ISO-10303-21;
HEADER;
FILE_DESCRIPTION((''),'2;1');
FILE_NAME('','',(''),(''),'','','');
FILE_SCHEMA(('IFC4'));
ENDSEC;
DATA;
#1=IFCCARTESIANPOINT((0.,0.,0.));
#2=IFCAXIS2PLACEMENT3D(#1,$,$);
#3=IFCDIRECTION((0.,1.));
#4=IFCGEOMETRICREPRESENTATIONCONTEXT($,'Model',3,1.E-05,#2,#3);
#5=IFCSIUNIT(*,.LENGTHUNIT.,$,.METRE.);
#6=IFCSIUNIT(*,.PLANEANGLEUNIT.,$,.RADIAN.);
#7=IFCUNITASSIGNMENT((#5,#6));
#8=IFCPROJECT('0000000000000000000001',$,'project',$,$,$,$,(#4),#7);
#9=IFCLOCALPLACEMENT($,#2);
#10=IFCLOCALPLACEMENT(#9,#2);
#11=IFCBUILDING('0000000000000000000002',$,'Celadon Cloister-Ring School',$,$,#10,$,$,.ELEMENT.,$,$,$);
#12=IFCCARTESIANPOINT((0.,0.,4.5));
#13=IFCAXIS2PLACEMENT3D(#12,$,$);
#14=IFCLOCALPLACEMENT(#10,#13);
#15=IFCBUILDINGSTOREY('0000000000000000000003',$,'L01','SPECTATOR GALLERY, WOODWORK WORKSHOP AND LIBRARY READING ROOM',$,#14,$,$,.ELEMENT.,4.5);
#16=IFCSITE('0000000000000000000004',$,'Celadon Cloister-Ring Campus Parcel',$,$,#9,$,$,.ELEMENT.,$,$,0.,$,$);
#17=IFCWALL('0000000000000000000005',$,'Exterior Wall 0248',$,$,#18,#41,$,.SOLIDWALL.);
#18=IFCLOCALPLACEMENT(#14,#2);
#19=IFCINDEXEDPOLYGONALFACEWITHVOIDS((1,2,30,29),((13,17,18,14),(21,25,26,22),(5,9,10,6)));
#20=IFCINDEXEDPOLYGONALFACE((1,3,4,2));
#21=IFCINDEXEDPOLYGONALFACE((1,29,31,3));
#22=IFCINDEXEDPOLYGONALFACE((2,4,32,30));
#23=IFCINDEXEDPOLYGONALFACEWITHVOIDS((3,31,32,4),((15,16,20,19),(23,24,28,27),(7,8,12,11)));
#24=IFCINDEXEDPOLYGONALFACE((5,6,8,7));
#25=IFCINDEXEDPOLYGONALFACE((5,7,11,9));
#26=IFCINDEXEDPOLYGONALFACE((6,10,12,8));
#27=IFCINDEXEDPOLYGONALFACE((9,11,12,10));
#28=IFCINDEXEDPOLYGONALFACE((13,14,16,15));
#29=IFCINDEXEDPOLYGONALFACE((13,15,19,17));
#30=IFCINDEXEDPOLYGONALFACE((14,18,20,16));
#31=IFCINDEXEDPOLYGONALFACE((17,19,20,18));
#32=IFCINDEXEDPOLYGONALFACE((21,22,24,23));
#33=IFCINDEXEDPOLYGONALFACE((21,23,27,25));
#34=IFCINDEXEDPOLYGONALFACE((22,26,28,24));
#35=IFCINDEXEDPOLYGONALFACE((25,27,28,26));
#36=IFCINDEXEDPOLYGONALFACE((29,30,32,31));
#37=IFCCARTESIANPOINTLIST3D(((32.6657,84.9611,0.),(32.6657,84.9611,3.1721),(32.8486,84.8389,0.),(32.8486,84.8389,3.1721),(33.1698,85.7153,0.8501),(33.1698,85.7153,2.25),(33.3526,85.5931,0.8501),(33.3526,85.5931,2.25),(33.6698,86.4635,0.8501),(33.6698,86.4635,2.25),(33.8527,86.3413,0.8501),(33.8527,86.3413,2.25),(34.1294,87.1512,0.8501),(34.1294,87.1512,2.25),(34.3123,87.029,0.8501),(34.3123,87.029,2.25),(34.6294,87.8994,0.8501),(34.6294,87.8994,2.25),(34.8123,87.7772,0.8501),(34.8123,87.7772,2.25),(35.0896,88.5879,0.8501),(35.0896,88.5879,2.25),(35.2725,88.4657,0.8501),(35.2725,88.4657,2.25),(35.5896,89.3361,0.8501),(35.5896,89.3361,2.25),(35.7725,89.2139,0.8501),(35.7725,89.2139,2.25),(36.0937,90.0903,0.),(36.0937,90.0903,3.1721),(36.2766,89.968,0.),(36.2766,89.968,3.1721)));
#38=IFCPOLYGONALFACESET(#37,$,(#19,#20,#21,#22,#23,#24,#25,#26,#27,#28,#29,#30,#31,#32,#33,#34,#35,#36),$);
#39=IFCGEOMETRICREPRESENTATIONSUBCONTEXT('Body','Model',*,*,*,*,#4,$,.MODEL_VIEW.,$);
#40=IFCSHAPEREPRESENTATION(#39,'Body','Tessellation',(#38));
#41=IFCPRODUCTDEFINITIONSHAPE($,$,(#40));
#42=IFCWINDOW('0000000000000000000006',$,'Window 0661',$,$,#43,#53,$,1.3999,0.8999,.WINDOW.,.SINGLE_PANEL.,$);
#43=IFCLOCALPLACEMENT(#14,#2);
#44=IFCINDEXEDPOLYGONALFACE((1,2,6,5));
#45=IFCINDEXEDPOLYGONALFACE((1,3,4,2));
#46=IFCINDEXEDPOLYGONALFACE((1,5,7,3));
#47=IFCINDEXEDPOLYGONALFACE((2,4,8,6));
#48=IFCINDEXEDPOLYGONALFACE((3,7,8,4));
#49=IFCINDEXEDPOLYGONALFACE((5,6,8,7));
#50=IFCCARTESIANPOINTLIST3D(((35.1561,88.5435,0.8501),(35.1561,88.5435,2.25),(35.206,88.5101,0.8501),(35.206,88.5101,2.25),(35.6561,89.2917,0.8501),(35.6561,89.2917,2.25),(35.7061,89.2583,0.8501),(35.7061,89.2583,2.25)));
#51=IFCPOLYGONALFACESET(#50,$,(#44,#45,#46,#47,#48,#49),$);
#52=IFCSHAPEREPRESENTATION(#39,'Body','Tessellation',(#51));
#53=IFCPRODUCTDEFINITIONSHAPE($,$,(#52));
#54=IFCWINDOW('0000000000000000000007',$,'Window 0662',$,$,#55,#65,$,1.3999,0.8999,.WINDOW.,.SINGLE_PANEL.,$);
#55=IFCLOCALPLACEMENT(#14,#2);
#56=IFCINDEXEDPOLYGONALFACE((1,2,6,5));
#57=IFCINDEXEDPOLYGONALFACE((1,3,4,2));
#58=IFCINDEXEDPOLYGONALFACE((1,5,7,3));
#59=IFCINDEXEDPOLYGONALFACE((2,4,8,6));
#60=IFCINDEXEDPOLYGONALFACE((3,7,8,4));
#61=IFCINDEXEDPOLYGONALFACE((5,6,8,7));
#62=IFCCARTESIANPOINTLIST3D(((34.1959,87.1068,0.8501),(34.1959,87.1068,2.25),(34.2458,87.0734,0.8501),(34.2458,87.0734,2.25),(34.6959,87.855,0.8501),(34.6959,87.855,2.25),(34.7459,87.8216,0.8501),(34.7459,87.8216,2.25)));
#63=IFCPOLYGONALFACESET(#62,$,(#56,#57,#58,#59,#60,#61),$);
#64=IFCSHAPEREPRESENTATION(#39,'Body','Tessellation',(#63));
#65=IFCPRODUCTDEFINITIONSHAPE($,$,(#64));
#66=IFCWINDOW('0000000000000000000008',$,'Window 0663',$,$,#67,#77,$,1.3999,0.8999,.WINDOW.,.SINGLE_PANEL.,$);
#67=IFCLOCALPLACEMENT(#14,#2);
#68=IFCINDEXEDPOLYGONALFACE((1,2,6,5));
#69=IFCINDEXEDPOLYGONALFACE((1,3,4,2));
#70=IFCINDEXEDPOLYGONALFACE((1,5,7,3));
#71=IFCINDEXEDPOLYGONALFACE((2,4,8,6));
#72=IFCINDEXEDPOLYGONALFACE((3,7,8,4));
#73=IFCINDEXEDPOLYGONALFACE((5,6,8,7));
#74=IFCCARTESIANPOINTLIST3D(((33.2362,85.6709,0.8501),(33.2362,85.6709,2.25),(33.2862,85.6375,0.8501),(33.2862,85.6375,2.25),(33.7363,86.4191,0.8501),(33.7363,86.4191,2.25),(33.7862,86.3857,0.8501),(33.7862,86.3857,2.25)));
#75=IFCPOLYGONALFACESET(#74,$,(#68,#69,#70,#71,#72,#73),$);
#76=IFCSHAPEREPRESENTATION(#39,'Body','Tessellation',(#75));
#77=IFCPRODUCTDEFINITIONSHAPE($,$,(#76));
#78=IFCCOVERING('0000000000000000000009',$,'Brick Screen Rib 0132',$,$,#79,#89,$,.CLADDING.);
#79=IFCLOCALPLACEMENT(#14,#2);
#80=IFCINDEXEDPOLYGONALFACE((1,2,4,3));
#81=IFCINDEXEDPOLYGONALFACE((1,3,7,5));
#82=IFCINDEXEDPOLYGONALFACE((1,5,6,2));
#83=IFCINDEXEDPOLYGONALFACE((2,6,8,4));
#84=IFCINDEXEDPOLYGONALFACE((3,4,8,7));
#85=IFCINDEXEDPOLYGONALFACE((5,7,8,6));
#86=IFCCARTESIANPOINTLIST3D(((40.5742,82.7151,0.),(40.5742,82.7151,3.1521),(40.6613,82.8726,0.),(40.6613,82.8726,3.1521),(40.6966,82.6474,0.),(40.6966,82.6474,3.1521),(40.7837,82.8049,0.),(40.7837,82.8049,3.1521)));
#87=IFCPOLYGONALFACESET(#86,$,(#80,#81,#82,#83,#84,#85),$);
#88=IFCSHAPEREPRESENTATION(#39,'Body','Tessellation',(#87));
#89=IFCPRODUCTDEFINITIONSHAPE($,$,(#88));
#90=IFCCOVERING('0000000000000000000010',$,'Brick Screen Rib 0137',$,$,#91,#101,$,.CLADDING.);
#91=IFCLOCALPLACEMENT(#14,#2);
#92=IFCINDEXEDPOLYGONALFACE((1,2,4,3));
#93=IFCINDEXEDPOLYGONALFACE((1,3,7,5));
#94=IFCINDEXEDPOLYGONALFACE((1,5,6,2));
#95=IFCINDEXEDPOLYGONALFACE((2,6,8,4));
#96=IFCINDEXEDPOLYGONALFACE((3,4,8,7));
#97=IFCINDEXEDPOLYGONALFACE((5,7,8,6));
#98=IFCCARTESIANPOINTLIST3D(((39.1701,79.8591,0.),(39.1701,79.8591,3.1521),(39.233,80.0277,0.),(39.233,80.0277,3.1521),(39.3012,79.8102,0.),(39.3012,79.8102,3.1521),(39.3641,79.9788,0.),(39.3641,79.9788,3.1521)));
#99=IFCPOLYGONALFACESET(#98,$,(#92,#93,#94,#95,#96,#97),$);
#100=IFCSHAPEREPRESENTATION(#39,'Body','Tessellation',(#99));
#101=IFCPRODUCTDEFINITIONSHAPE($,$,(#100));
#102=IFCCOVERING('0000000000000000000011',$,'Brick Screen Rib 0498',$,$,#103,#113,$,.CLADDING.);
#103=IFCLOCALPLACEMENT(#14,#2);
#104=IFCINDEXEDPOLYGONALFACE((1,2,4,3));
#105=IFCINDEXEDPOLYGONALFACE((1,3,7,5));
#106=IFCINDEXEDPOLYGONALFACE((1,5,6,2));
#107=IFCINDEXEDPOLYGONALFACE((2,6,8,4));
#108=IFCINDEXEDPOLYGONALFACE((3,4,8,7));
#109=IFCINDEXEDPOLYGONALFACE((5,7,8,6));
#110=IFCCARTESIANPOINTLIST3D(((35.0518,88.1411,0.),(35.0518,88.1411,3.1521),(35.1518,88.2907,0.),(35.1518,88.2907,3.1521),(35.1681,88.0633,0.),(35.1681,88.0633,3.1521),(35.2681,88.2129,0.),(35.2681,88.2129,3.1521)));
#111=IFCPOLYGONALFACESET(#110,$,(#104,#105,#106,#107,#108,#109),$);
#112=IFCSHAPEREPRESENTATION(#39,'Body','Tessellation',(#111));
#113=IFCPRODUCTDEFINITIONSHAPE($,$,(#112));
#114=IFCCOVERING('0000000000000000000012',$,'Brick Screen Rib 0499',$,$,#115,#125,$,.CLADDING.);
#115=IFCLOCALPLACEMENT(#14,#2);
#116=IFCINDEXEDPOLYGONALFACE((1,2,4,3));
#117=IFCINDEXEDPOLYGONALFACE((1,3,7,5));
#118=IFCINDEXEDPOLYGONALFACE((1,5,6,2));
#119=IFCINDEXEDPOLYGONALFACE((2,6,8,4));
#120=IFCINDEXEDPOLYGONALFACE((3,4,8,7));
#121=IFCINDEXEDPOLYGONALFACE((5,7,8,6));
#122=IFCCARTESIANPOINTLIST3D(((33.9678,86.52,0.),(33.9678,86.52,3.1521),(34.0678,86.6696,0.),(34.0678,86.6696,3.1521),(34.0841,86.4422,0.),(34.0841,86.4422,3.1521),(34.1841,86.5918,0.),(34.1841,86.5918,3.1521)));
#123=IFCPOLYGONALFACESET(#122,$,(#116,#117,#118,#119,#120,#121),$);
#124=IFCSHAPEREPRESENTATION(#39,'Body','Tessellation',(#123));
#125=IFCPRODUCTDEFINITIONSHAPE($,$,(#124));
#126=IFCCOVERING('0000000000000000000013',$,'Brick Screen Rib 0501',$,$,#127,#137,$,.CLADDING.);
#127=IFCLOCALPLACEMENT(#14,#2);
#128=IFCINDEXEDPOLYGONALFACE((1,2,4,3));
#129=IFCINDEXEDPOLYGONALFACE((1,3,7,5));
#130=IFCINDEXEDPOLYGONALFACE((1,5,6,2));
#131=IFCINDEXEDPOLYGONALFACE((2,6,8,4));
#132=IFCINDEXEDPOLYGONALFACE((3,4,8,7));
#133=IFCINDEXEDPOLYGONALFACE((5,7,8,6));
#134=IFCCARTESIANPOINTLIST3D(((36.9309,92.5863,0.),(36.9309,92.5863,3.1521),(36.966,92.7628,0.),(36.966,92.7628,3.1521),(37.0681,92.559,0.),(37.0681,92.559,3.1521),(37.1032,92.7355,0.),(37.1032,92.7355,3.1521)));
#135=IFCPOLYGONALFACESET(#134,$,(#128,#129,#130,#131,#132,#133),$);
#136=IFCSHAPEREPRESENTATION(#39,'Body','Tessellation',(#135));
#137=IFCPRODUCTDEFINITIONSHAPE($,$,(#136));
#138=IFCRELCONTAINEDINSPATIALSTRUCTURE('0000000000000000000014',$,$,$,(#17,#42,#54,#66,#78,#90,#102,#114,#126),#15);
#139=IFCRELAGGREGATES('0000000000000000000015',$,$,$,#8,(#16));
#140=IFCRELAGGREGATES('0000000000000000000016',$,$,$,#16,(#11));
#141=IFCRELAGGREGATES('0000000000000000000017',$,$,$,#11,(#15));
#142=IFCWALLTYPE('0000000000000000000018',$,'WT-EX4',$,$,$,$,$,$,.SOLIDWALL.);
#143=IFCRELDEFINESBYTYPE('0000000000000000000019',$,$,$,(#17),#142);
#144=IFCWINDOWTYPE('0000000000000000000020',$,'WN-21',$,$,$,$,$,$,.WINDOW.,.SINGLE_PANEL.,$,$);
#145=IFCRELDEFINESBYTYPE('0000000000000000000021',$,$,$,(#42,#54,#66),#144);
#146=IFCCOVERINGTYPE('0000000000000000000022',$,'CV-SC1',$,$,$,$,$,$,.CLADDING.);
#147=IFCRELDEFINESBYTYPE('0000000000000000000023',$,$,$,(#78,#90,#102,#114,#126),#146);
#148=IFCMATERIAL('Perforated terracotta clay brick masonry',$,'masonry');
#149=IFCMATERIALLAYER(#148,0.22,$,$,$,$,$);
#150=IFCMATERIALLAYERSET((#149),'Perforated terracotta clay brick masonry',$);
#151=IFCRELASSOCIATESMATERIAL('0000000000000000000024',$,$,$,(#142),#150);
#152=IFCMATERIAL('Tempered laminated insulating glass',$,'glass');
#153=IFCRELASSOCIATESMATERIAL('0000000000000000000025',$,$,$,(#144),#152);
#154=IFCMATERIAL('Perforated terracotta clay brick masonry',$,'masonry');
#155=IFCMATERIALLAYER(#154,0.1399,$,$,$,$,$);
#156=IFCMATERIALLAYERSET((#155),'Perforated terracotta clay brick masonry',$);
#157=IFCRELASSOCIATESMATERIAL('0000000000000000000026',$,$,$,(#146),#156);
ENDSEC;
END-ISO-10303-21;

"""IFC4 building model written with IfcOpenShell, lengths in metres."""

from ifc_helpers import new_model, si_unit, direction, frame, frame_2d, origin, origin_2d, place, context, subcontext, project, spatial, rectangle, extrude, material, layer, layer_set, type_object, element, fill, save


model = new_model("IFC4")

# Units and contexts
model_context = context("Model", 3, precision=1e-05, world=origin(), true_north=direction((0.0, 1.0)))
body_context = subcontext(model_context, "Body", "Model", "MODEL_VIEW")
ifc_project = project(units=[si_unit("LENGTHUNIT", "METRE"), si_unit("PLANEANGLEUNIT", "RADIAN")], contexts=[model_context])

# Site, building, storey
site_placement = place(None, origin())
site = spatial("IfcSite", under=ifc_project, at=site_placement, Name="Celadon Cloister-Ring Campus Parcel", CompositionType="ELEMENT", RefElevation=0.0)
building_placement = place(site_placement, origin())
building = spatial("IfcBuilding", under=site, at=building_placement, Name="Celadon Cloister-Ring School", CompositionType="ELEMENT")
storey_placement = place(building_placement, frame((0.0, 0.0, 4.5)))
storey = spatial("IfcBuildingStorey", under=building, at=storey_placement, Name="L01", Description="SPECTATOR GALLERY, WOODWORK WORKSHOP AND LIBRARY READING ROOM", CompositionType="ELEMENT", Elevation=4.5)

# Wall, openings, windows
ifc_material_1 = material(Name="Perforated terracotta clay brick masonry", Category="masonry")
ifc_layer_1 = layer(ifc_material_1, 0.22)
ifc_layer_set_1 = layer_set([ifc_layer_1], Name="Perforated terracotta clay brick masonry")
wall_type = type_object("IfcWallType", Name="WT-EX4", PredefinedType="SOLIDWALL", material=ifc_layer_set_1)
wall_1_placement = place(storey_placement, frame((36.1851, 90.0291, 0.0), z_axis=(0.0, 0.0, 1.0), x_axis=(-0.555659, -0.83141, 0.0)))
wall_1 = element("IfcWall", 1, at=wall_1_placement, inside=storey, type_object=wall_type, Name="Exterior Wall 0248", PredefinedType="SOLIDWALL", context=body_context, shape_type="SweptSolid", body=[
    extrude(rectangle(XDim=6.1692, YDim=0.22, at=frame_2d((3.0845, 0.0))), origin(), (0.0, 0.0, 1.0), 3.1721),
])
opening_1_placement = place(wall_1_placement, frame((0.907, 0.0, 0.8501)))
opening_1 = element("IfcOpeningElement", 2, at=opening_1_placement, cuts=wall_1, PredefinedType="OPENING", context=body_context, shape_type="SweptSolid", body=[
    extrude(rectangle(XDim=0.8999, YDim=1.3999, at=frame_2d((0.45, 0.7))), frame((0.0, 0.1201, 0.0), z_axis=(0.0, -1.0, 0.0), x_axis=(1.0, 0.0, 0.0)), (0.0, 0.0, 1.0), 0.24),
])
opening_2_placement = place(wall_1_placement, frame((2.635, 0.0, 0.8501)))
opening_2 = element("IfcOpeningElement", 3, at=opening_2_placement, cuts=wall_1, PredefinedType="OPENING", context=body_context, shape_type="SweptSolid", body=[
    extrude(rectangle(XDim=0.8999, YDim=1.3999, at=frame_2d((0.45, 0.7))), frame((0.0, 0.1201, 0.0), z_axis=(0.0, -1.0, 0.0), x_axis=(1.0, 0.0, 0.0)), (0.0, 0.0, 1.0), 0.24),
])
opening_3_placement = place(wall_1_placement, frame((4.3621, 0.0, 0.8501)))
opening_3 = element("IfcOpeningElement", 4, at=opening_3_placement, cuts=wall_1, PredefinedType="OPENING", context=body_context, shape_type="SweptSolid", body=[
    extrude(rectangle(XDim=0.8999, YDim=1.3999, at=frame_2d((0.45, 0.7))), frame((0.0, 0.1201, 0.0), z_axis=(0.0, -1.0, 0.0), x_axis=(1.0, 0.0, 0.0)), (0.0, 0.0, 1.0), 0.24),
])
ifc_material_2 = material(Name="Tempered laminated insulating glass", Category="glass")
window_type_1 = type_object("IfcWindowType", Name="WN-21", PartitioningType="SINGLE_PANEL", PredefinedType="WINDOW", material=ifc_material_2)
window_1_placement = place(opening_1_placement, origin())
window_1 = element("IfcWindow", 5, at=window_1_placement, inside=storey, type_object=window_type_1, Name="Window 0661", OverallHeight=1.3999, OverallWidth=0.8999, PartitioningType="SINGLE_PANEL", PredefinedType="WINDOW", context=body_context, shape_type="SweptSolid", body=[
    extrude(rectangle(XDim=0.8999, YDim=1.3999, at=frame_2d((0.45, 0.7))), frame((0.0, 0.03, 0.0), z_axis=(0.0, -1.0, 0.0), x_axis=(1.0, 0.0, 0.0)), (0.0, 0.0, 1.0), 0.0601),
])
fill(opening_1, window_1)
window_2_placement = place(opening_2_placement, origin())
window_2 = element("IfcWindow", 6, at=window_2_placement, inside=storey, type_object=window_type_1, Name="Window 0662", OverallHeight=1.3999, OverallWidth=0.8999, PartitioningType="SINGLE_PANEL", PredefinedType="WINDOW", context=body_context, shape_type="SweptSolid", body=[
    extrude(rectangle(XDim=0.8999, YDim=1.3999, at=frame_2d((0.45, 0.7))), frame((0.0, 0.03, 0.0), z_axis=(0.0, -1.0, 0.0), x_axis=(1.0, 0.0, 0.0)), (0.0, 0.0, 1.0), 0.0601),
])
fill(opening_2, window_2)
window_3_placement = place(opening_3_placement, origin())
window_3 = element("IfcWindow", 7, at=window_3_placement, inside=storey, type_object=window_type_1, Name="Window 0663", OverallHeight=1.3999, OverallWidth=0.8999, PartitioningType="SINGLE_PANEL", PredefinedType="WINDOW", context=body_context, shape_type="SweptSolid", body=[
    extrude(rectangle(XDim=0.8999, YDim=1.3999, at=frame_2d((0.45, 0.7))), frame((0.0, 0.03, 0.0), z_axis=(0.0, -1.0, 0.0), x_axis=(1.0, 0.0, 0.0)), (0.0, 0.0, 1.0), 0.0601),
])
fill(opening_3, window_3)

# Coverings
ifc_material_3 = material(Name="Perforated terracotta clay brick masonry", Category="masonry")
ifc_layer_2 = layer(ifc_material_3, 0.1399)
ifc_layer_set_2 = layer_set([ifc_layer_2], Name="Perforated terracotta clay brick masonry")
covering_type = type_object("IfcCoveringType", Name="CV-SC1", PredefinedType="CLADDING", material=ifc_layer_set_2)
for number, where, z_axis, x_axis, name in (
    (8, (40.679, 82.76, 0.0), (0.0, 0.0, 1.0), (0.483863, 0.875144, 0.0), "Brick Screen Rib 0132"),
    (9, (39.2671, 79.9189, 0.0), (0.0, 0.0, 1.0), (0.349439, 0.936959, 0.0), "Brick Screen Rib 0137"),
    (10, (35.1599, 88.177, 0.0), (0.0, 0.0, 1.0), (-0.555672, -0.831402, 0.0), "Brick Screen Rib 0498"),
    (11, (34.0759, 86.5559, 0.0), (0.0, 0.0, 1.0), (-0.555672, -0.831402, 0.0), "Brick Screen Rib 0499"),
    (12, (37.0171, 92.6609, 0.0), (0.0, 0.0, 1.0), (-0.195142, -0.980775, 0.0), "Brick Screen Rib 0501"),
):
    element("IfcCovering", number, at=place(storey_placement, frame(where, z_axis=z_axis, x_axis=x_axis)), inside=storey, type_object=covering_type, Name=name, PredefinedType="CLADDING", context=body_context, shape_type="SweptSolid", body=[
        extrude(rectangle(XDim=0.1799, YDim=0.1399, at=origin_2d()), origin(), (0.0, 0.0, 1.0), 3.1521),
    ])

save(model, "model.ifc")
